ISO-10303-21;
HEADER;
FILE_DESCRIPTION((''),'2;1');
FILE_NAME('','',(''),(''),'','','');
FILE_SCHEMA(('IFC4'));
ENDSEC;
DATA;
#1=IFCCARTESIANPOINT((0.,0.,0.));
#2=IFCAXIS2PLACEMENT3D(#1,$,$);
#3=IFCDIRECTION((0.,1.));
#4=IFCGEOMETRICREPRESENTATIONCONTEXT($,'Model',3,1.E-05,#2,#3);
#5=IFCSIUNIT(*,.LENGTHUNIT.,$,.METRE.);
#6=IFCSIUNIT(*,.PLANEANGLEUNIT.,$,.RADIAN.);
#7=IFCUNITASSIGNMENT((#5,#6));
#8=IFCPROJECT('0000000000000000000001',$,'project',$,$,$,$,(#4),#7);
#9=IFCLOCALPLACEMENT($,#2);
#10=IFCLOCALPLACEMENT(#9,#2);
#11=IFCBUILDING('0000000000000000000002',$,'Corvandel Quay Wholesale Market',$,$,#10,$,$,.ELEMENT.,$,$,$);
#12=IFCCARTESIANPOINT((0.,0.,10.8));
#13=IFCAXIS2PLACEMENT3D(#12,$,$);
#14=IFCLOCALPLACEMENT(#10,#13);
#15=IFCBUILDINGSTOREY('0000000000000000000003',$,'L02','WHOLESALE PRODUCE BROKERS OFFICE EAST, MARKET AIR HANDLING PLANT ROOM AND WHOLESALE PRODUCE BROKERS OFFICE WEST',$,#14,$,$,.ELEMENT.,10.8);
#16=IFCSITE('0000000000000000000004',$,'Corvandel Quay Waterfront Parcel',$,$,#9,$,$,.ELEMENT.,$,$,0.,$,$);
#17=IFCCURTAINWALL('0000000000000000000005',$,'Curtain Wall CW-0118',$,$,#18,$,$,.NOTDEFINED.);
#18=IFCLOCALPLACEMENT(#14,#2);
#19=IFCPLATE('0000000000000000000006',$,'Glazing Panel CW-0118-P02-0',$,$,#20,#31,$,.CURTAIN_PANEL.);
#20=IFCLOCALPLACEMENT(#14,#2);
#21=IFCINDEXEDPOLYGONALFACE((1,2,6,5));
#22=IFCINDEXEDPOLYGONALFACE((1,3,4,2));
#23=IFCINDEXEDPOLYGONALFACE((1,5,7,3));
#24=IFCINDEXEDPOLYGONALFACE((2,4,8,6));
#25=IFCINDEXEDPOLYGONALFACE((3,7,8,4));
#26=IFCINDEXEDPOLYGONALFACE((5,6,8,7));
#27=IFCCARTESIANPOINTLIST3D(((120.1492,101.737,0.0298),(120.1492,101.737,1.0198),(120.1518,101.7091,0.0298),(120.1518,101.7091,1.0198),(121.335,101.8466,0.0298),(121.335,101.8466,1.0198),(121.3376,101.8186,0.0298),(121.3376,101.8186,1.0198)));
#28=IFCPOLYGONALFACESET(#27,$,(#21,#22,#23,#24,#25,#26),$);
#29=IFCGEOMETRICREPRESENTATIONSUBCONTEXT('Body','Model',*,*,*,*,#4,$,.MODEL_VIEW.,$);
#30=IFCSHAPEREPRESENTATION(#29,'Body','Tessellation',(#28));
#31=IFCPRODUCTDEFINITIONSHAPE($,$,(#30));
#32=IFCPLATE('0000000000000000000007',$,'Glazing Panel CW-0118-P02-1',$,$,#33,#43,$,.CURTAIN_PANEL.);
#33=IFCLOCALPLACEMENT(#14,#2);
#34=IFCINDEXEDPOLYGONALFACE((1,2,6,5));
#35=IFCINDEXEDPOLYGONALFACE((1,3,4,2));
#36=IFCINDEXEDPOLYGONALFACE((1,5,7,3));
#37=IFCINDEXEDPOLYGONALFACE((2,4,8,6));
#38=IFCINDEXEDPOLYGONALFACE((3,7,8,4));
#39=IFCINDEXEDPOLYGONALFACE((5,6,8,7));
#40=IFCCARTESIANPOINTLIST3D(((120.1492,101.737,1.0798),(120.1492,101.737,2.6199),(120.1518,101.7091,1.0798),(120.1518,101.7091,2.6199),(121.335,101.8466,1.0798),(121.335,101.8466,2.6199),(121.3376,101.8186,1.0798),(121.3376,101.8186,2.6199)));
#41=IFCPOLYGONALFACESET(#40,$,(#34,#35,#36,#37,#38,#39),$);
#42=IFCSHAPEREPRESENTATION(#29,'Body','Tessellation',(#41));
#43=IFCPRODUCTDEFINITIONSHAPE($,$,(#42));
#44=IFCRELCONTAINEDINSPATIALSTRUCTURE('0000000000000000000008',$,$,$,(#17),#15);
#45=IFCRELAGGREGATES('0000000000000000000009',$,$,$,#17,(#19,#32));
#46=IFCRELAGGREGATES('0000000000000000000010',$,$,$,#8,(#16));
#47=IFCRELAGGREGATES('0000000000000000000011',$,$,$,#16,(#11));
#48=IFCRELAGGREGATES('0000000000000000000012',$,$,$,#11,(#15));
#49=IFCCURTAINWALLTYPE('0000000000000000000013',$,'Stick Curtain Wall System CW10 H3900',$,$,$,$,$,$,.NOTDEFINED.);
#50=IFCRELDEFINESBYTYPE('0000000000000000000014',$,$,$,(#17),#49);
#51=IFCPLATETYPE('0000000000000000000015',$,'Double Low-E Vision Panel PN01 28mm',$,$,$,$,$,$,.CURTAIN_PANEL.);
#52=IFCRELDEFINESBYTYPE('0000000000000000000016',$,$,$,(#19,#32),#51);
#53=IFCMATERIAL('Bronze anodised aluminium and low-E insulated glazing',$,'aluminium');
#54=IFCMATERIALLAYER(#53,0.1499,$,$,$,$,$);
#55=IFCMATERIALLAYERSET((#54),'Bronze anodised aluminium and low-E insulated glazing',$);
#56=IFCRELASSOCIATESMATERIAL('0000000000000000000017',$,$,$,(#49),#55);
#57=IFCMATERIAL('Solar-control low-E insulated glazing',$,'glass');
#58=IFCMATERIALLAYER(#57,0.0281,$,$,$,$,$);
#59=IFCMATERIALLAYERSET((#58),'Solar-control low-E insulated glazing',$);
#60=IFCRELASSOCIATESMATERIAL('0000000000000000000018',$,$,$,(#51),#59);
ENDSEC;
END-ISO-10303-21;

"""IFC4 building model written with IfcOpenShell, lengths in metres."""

from ifc_helpers import new_model, si_unit, direction, frame, origin, origin_2d, place, context, subcontext, project, spatial, rectangle, extrude, material, layer, layer_set, type_object, element, aggregate, save


model = new_model("IFC4")

# Units and contexts
model_context = context("Model", 3, precision=1e-05, world=origin(), true_north=direction((0.0, 1.0)))
body_context = subcontext(model_context, "Body", "Model", "MODEL_VIEW")
ifc_project = project(units=[si_unit("LENGTHUNIT", "METRE"), si_unit("PLANEANGLEUNIT", "RADIAN")], contexts=[model_context])

# Site, building, storey
site_placement = place(None, origin())
site = spatial("IfcSite", under=ifc_project, at=site_placement, Name="Corvandel Quay Waterfront Parcel", CompositionType="ELEMENT", RefElevation=0.0)
building_placement = place(site_placement, origin())
building = spatial("IfcBuilding", under=site, at=building_placement, Name="Corvandel Quay Wholesale Market", CompositionType="ELEMENT")
storey_placement = place(building_placement, frame((0.0, 0.0, 10.8)))
storey = spatial("IfcBuildingStorey", under=building, at=storey_placement, Name="L02", Description="WHOLESALE PRODUCE BROKERS OFFICE EAST, MARKET AIR HANDLING PLANT ROOM AND WHOLESALE PRODUCE BROKERS OFFICE WEST", CompositionType="ELEMENT", Elevation=10.8)

# Shared definitions
ifc_material_1 = material(Name="Bronze anodised aluminium and low-E insulated glazing", Category="aluminium")

# Curtain wall
ifc_layer_1 = layer(ifc_material_1, 0.1499)
ifc_layer_set_1 = layer_set([ifc_layer_1], Name="Bronze anodised aluminium and low-E insulated glazing")
curtain_wall_type_1 = type_object("IfcCurtainWallType", Name="Stick Curtain Wall System CW10 H3900", PredefinedType="NOTDEFINED", material=ifc_layer_set_1)
curtain_wall_1_placement = place(storey_placement, origin())
curtain_wall_1 = element("IfcCurtainWall", 1, at=curtain_wall_1_placement, inside=storey, type_object=curtain_wall_type_1, Name="Curtain Wall CW-0118", PredefinedType="NOTDEFINED")

# Plates
ifc_material_2 = material(Name="Solar-control low-E insulated glazing", Category="glass")
ifc_layer_2 = layer(ifc_material_2, 0.0281)
ifc_layer_set_2 = layer_set([ifc_layer_2], Name="Solar-control low-E insulated glazing")
plate_type_1 = type_object("IfcPlateType", Name="Double Low-E Vision Panel PN01 28mm", PredefinedType="CURTAIN_PANEL", material=ifc_layer_set_2)
plate_1_placement = place(storey_placement, frame((120.7434, 101.7778, 0.0298), z_axis=(0.0, 0.0, 1.0), x_axis=(0.995757, 0.092023, 0.0)))
plate_1 = element("IfcPlate", 2, at=plate_1_placement, type_object=plate_type_1, Name="Glazing Panel CW-0118-P02-0", PredefinedType="CURTAIN_PANEL", context=body_context, shape_type="SweptSolid", body=[
    extrude(rectangle(XDim=1.1909, YDim=0.0281, at=origin_2d()), origin(), (0.0, 0.0, 1.0), 0.99),
])
plate_2_placement = place(storey_placement, frame((120.7434, 101.7778, 1.0798), z_axis=(0.0, 0.0, 1.0), x_axis=(0.995757, 0.092023, 0.0)))
plate_2 = element("IfcPlate", 3, at=plate_2_placement, type_object=plate_type_1, Name="Glazing Panel CW-0118-P02-1", PredefinedType="CURTAIN_PANEL", context=body_context, shape_type="SweptSolid", body=[
    extrude(rectangle(XDim=1.1909, YDim=0.0281, at=origin_2d()), origin(), (0.0, 0.0, 1.0), 1.54),
])
aggregate(curtain_wall_1, [plate_1, plate_2])

save(model, "model.ifc")
